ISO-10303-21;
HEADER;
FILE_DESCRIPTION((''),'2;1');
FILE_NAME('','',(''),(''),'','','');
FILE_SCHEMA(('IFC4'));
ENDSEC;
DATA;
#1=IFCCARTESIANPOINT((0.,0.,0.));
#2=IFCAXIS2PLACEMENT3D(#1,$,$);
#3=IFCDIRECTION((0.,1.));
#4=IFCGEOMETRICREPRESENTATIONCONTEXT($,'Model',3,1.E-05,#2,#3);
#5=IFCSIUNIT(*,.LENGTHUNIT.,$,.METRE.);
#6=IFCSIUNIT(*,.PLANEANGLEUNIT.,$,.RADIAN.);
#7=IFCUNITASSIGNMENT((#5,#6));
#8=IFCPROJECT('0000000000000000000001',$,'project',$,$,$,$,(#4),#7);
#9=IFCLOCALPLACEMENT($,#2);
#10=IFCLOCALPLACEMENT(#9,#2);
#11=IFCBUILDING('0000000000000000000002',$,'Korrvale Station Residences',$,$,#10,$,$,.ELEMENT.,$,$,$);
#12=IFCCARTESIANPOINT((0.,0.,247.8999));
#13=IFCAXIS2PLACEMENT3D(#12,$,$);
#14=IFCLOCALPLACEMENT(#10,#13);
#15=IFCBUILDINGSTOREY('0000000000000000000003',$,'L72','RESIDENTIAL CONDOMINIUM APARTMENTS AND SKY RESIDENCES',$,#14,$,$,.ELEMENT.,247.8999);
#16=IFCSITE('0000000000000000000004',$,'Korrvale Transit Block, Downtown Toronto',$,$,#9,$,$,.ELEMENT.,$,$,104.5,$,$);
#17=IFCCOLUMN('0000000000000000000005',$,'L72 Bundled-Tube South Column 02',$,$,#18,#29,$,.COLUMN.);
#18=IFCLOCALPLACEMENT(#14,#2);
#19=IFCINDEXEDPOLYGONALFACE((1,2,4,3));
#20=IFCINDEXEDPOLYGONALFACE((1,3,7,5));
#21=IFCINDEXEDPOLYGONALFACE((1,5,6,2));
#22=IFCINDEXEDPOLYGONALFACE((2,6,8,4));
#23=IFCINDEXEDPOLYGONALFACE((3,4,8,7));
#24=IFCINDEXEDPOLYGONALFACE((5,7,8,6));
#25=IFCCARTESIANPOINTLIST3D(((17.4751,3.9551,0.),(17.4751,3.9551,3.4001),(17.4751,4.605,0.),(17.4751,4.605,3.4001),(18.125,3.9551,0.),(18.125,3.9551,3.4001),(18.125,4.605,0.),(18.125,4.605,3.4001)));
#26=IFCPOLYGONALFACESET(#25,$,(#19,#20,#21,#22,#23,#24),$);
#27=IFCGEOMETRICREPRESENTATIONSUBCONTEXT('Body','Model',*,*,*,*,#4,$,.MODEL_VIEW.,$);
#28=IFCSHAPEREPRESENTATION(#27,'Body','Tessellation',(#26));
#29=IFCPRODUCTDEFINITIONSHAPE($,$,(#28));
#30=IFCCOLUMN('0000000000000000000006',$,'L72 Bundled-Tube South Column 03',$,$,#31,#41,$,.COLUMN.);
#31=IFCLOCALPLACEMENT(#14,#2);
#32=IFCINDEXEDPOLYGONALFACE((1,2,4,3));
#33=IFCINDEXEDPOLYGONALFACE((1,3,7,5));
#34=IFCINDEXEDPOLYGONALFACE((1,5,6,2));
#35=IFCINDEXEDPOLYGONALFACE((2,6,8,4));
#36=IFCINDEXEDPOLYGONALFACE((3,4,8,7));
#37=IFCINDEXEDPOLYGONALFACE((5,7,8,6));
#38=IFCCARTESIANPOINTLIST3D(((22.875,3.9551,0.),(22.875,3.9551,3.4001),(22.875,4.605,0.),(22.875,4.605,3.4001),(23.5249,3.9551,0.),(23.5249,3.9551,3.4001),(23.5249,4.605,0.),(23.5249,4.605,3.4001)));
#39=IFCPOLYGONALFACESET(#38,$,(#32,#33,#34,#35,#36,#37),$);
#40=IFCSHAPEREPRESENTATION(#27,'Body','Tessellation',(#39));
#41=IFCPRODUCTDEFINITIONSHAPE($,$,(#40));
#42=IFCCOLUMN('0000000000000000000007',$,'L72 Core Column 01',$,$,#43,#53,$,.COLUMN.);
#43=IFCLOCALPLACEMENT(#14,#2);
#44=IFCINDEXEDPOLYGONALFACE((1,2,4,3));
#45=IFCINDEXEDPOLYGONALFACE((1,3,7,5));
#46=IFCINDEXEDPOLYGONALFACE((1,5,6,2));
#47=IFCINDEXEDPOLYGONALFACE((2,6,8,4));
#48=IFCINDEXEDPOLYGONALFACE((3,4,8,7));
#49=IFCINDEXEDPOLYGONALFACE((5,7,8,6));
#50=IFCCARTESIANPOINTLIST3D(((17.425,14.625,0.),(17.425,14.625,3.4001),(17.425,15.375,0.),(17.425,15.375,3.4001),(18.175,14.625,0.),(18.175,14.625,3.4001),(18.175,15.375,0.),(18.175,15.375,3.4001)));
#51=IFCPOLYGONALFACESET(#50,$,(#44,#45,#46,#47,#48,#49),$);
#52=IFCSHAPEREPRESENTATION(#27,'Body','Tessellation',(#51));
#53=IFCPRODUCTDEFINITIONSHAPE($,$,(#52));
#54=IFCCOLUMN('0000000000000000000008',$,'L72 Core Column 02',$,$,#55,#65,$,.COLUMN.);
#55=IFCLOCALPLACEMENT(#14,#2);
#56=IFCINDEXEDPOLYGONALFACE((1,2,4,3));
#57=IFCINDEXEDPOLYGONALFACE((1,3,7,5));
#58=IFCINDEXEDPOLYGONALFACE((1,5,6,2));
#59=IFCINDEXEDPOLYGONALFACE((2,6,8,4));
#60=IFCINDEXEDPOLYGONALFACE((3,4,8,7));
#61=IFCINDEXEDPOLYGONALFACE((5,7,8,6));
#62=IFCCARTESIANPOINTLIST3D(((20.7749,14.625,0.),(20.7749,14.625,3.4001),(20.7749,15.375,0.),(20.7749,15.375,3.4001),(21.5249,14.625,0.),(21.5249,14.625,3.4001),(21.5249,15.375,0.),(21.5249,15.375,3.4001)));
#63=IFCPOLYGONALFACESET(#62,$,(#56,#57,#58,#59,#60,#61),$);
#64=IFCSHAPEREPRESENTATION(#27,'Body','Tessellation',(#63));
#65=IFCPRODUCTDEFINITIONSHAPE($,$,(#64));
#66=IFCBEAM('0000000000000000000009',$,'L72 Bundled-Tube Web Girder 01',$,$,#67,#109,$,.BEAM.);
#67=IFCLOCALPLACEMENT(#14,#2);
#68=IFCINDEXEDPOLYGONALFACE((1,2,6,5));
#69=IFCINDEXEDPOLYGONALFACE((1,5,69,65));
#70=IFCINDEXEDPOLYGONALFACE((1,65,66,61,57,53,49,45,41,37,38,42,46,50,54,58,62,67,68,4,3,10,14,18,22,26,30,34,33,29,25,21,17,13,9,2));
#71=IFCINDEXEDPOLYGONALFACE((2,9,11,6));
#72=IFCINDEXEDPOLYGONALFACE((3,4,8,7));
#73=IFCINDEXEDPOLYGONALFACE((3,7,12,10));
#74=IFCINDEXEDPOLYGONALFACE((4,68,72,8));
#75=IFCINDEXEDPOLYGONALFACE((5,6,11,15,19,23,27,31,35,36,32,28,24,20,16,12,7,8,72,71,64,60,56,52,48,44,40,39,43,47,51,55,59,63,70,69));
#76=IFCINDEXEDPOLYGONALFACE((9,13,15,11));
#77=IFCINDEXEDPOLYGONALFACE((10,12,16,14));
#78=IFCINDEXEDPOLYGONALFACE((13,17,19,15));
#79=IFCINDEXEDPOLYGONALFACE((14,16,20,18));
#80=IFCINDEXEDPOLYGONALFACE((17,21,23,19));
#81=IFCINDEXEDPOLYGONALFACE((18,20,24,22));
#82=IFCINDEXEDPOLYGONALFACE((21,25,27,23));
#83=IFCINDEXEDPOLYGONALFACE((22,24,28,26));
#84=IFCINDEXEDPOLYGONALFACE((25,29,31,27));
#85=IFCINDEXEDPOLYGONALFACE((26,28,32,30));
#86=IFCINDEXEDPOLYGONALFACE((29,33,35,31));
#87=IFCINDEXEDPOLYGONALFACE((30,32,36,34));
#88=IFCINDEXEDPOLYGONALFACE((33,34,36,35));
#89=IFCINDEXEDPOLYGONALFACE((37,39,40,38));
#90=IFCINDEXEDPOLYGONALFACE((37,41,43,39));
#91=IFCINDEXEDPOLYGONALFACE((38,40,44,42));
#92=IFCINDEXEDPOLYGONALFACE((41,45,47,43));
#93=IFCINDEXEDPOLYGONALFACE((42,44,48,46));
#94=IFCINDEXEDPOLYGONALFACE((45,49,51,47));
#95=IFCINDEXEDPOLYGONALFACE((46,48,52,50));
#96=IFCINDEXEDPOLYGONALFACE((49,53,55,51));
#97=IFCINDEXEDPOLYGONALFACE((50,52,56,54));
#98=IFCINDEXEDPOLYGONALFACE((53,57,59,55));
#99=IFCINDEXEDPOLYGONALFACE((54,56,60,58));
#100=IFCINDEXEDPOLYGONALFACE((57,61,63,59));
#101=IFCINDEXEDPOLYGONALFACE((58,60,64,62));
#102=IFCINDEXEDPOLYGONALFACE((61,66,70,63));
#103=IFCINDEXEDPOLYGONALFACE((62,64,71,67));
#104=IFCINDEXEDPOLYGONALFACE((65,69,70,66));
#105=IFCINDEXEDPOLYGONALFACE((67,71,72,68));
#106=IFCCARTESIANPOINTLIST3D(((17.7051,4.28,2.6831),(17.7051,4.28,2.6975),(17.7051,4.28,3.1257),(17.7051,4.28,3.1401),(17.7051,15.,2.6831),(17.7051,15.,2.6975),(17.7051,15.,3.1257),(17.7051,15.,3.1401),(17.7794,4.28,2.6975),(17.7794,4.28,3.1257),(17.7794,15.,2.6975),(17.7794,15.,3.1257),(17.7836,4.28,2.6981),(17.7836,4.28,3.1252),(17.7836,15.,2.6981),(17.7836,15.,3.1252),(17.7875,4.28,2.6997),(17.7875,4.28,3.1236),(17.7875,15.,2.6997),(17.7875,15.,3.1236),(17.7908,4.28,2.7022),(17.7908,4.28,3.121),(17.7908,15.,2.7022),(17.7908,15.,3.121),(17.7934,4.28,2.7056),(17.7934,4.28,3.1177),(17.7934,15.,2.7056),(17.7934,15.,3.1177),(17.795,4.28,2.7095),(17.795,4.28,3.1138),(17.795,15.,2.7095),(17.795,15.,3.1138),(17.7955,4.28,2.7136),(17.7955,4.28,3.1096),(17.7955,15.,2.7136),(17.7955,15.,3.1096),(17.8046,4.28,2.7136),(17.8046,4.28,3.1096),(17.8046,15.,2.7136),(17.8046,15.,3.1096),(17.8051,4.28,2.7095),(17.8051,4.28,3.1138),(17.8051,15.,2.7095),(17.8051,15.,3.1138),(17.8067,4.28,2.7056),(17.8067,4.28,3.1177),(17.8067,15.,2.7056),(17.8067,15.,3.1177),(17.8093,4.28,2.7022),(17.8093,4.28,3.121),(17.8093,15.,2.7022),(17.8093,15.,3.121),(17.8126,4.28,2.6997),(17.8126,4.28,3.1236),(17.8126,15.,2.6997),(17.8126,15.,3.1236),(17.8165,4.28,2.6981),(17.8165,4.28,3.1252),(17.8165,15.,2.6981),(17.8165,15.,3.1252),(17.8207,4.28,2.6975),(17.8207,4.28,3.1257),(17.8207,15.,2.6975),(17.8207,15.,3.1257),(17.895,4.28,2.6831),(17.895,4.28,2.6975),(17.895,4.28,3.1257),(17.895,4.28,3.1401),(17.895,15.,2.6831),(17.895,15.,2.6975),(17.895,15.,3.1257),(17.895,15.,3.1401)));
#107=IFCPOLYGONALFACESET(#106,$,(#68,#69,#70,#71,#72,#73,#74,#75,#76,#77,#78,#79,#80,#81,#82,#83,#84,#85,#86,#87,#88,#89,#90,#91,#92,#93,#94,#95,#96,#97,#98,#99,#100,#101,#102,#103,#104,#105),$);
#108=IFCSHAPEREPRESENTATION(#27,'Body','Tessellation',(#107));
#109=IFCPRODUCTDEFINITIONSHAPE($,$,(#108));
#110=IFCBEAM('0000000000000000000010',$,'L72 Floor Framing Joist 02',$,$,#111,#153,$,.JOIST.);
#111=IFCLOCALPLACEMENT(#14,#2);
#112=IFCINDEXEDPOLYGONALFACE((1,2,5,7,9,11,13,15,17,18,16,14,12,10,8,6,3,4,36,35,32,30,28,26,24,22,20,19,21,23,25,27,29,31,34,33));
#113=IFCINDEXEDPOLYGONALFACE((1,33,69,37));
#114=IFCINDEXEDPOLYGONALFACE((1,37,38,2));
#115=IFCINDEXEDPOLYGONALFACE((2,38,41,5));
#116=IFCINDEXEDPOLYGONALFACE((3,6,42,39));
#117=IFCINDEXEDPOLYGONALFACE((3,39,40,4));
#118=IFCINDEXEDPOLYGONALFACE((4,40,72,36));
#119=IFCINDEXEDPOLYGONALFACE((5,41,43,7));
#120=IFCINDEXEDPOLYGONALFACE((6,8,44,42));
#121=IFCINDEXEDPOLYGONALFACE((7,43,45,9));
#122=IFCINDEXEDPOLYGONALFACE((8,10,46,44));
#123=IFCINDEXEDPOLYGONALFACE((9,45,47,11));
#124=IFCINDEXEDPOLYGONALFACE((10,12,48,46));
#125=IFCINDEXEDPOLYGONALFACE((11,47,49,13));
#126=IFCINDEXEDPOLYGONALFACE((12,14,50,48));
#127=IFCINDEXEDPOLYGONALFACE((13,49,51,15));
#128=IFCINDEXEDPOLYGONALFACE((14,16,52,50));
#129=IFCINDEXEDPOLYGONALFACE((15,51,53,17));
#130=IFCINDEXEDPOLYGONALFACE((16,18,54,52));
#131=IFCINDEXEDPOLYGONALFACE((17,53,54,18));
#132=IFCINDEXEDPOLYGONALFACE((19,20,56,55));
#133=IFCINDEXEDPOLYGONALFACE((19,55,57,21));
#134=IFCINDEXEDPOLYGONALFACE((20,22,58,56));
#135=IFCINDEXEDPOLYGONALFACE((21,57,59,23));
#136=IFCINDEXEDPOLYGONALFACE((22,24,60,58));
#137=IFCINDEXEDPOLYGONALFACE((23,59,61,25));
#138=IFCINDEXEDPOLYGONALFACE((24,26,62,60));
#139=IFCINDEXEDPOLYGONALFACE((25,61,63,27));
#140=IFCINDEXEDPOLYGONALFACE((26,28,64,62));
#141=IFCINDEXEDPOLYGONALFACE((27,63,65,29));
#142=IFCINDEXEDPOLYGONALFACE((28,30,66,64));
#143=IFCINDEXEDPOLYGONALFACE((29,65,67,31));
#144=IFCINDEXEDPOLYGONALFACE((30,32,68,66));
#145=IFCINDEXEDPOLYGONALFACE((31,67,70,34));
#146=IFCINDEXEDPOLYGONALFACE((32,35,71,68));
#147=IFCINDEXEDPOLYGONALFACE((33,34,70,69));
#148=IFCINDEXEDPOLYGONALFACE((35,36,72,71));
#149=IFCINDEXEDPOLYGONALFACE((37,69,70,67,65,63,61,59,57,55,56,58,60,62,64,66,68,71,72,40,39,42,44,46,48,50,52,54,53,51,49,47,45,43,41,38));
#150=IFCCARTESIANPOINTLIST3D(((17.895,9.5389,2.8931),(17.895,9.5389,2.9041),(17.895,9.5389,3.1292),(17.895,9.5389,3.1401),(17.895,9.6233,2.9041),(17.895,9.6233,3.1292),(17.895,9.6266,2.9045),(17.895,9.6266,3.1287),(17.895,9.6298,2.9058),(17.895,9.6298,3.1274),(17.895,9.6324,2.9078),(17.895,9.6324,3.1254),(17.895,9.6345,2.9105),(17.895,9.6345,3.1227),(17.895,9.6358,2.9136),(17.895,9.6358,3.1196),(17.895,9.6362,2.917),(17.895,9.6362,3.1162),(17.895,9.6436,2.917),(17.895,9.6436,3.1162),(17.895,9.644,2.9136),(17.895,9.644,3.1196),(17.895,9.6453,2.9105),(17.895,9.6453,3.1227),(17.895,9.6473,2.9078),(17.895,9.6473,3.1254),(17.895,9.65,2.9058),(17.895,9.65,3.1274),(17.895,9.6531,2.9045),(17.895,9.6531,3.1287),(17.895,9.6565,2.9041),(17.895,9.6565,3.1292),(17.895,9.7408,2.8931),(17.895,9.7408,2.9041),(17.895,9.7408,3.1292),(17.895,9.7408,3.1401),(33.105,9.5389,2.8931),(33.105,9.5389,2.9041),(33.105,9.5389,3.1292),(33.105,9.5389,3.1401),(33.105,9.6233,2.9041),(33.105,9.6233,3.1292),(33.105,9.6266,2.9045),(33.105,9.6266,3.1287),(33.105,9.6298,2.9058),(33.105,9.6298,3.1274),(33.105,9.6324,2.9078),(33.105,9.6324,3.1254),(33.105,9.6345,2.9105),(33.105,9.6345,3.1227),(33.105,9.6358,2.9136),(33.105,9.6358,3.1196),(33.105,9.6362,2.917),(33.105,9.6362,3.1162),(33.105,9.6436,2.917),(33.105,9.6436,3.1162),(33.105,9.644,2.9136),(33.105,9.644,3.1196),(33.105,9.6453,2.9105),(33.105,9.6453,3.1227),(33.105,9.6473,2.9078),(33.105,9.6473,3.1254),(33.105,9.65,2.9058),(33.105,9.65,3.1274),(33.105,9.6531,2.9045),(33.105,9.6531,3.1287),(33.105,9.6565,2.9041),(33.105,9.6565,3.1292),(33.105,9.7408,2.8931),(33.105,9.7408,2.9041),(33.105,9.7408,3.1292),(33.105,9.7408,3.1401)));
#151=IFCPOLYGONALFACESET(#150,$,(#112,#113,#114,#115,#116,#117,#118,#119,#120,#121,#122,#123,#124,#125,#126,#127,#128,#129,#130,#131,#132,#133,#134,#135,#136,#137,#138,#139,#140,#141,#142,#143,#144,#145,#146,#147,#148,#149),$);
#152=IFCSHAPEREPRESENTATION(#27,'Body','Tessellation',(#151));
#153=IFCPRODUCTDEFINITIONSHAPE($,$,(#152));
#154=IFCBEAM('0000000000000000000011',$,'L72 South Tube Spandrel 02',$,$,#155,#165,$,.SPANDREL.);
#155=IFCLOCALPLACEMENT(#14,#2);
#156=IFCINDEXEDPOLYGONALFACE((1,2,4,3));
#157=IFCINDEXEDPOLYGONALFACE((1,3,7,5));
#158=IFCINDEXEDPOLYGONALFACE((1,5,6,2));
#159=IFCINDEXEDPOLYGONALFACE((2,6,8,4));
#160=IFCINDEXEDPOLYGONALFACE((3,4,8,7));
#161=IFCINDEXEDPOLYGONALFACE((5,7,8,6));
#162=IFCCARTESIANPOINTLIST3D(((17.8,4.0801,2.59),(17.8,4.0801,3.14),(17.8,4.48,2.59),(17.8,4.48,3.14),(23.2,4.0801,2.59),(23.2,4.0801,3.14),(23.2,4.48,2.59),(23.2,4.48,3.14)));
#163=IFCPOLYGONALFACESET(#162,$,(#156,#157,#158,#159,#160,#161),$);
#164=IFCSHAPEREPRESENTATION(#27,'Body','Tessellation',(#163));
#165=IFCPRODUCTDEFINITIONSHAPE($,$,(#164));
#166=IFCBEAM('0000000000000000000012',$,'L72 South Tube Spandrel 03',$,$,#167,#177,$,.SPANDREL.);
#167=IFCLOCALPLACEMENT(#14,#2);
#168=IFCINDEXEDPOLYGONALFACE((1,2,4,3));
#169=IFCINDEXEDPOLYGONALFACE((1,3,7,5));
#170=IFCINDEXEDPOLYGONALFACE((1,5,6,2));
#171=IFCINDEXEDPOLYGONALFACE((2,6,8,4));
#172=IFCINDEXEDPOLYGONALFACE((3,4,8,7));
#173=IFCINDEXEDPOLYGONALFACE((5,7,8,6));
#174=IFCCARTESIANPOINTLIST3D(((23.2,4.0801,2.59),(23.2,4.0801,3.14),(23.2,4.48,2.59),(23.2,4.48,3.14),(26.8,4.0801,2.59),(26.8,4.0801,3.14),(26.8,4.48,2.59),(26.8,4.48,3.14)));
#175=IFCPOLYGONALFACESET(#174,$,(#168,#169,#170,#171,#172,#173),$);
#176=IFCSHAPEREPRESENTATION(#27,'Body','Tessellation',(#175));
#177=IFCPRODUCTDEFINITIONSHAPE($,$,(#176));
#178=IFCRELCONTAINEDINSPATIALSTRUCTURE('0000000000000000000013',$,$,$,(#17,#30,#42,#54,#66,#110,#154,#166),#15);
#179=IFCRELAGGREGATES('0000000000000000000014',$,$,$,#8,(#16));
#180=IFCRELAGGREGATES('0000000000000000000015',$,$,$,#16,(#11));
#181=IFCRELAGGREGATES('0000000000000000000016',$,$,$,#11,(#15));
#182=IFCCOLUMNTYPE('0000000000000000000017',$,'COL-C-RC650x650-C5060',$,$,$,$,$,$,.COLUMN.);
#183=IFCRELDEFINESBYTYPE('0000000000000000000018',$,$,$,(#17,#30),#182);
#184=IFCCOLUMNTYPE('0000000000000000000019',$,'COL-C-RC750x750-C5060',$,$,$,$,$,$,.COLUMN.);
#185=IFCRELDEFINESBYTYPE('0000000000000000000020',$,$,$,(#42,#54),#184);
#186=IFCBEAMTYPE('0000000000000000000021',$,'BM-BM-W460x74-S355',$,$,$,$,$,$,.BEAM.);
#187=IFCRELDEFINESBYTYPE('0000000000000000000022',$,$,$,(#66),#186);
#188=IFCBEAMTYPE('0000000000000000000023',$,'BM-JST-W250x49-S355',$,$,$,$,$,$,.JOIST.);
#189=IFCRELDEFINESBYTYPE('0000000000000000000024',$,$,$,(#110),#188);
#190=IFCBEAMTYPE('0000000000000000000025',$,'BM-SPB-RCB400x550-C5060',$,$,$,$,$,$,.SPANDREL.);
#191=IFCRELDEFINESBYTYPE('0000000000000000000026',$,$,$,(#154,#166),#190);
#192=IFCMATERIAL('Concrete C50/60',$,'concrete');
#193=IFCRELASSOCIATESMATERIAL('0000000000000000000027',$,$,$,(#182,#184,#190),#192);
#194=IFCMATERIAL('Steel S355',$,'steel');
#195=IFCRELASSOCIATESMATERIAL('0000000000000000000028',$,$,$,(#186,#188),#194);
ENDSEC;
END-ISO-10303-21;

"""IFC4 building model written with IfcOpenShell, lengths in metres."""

from ifc_helpers import new_model, si_unit, direction, frame, origin, origin_2d, place, context, subcontext, project, spatial, rectangle, i_section, extrude, material, material_profile, profile_set, type_object, element, save


model = new_model("IFC4")

# Units and contexts
model_context = context("Model", 3, precision=1e-05, world=origin(), true_north=direction((0.0, 1.0)))
body_context = subcontext(model_context, "Body", "Model", "MODEL_VIEW")
ifc_project = project(units=[si_unit("LENGTHUNIT", "METRE"), si_unit("PLANEANGLEUNIT", "RADIAN")], contexts=[model_context])

# Site, building, storey
site_placement = place(None, origin())
site = spatial("IfcSite", under=ifc_project, at=site_placement, Name="Korrvale Transit Block, Downtown Toronto", CompositionType="ELEMENT", RefElevation=104.5)
building_placement = place(site_placement, origin())
building = spatial("IfcBuilding", under=site, at=building_placement, Name="Korrvale Station Residences", CompositionType="ELEMENT")
storey_placement = place(building_placement, frame((0.0, 0.0, 247.8999)))
storey = spatial("IfcBuildingStorey", under=building, at=storey_placement, Name="L72", Description="RESIDENTIAL CONDOMINIUM APARTMENTS AND SKY RESIDENCES", CompositionType="ELEMENT", Elevation=247.8999)

# Columns
ifc_material_1 = material(Name="Concrete C50/60", Category="concrete")
ifc_material_profile_1 = material_profile(ifc_material_1, rectangle(XDim=0.6499, YDim=0.6499, at=origin_2d()), Name="RC650x650")
ifc_profile_set_1 = profile_set([ifc_material_profile_1], Name="Concrete C50/60")
column_type_1 = type_object("IfcColumnType", Name="COL-C-RC650x650-C5060", PredefinedType="COLUMN", material=ifc_profile_set_1)
for number, where, z_axis, x_axis, name in (
    (1, (17.8, 4.28, 0.0), (0.0, 0.0, 1.0), (1.0, 0.0, 0.0), "L72 Bundled-Tube South Column 02"),
    (2, (23.2, 4.28, 0.0), (0.0, 0.0, 1.0), (1.0, 0.0, 0.0), "L72 Bundled-Tube South Column 03"),
):
    element("IfcColumn", number, at=place(storey_placement, frame(where, z_axis=z_axis, x_axis=x_axis)), inside=storey, type_object=column_type_1, Name=name, PredefinedType="COLUMN", context=body_context, shape_type="SweptSolid", body=[
        extrude(rectangle(XDim=0.6499, YDim=0.6499, at=origin_2d()), origin(), (0.0, 0.0, 1.0), 3.4001),
    ])
ifc_material_profile_2 = material_profile(ifc_material_1, rectangle(XDim=0.75, YDim=0.75, at=origin_2d()), Name="RC750x750")
ifc_profile_set_2 = profile_set([ifc_material_profile_2], Name="Concrete C50/60")
column_type_2 = type_object("IfcColumnType", Name="COL-C-RC750x750-C5060", PredefinedType="COLUMN", material=ifc_profile_set_2)
for number, where, z_axis, x_axis, name in (
    (3, (17.8, 15.0, 0.0), (0.0, 0.0, 1.0), (1.0, 0.0, 0.0), "L72 Core Column 01"),
    (4, (21.1499, 15.0, 0.0), (0.0, 0.0, 1.0), (1.0, 0.0, 0.0), "L72 Core Column 02"),
):
    element("IfcColumn", number, at=place(storey_placement, frame(where, z_axis=z_axis, x_axis=x_axis)), inside=storey, type_object=column_type_2, Name=name, PredefinedType="COLUMN", context=body_context, shape_type="SweptSolid", body=[
        extrude(rectangle(XDim=0.75, YDim=0.75, at=origin_2d()), origin(), (0.0, 0.0, 1.0), 3.4001),
    ])

# Beams
ifc_material_2 = material(Name="Steel S355", Category="steel")
ifc_material_profile_3 = material_profile(ifc_material_2, i_section(OverallWidth=0.1899, OverallDepth=0.457, WebThickness=0.009, FlangeThickness=0.0144, FilletRadius=0.0161, at=origin_2d()), Name="W460x74")
ifc_profile_set_3 = profile_set([ifc_material_profile_3], Name="Steel S355")
beam_type_1 = type_object("IfcBeamType", Name="BM-BM-W460x74-S355", PredefinedType="BEAM", material=ifc_profile_set_3)
beam_1_placement = place(storey_placement, frame((17.8, 4.28, 2.9116), z_axis=(0.0, 1.0, 0.0), x_axis=(-1.0, 0.0, 0.0)))
element("IfcBeam", 5, at=beam_1_placement, inside=storey, type_object=beam_type_1, Name="L72 Bundled-Tube Web Girder 01", PredefinedType="BEAM", context=body_context, shape_type="SweptSolid", body=[
    extrude(i_section(OverallWidth=0.1899, OverallDepth=0.457, WebThickness=0.009, FlangeThickness=0.0144, FilletRadius=0.0161, at=origin_2d()), origin(), (0.0, 0.0, 1.0), 10.72),
])
ifc_material_profile_4 = material_profile(ifc_material_2, i_section(OverallWidth=0.2019, OverallDepth=0.2471, WebThickness=0.0073, FlangeThickness=0.011, FilletRadius=0.0129, at=origin_2d()), Name="W250x49")
ifc_profile_set_4 = profile_set([ifc_material_profile_4], Name="Steel S355")
beam_type_2 = type_object("IfcBeamType", Name="BM-JST-W250x49-S355", PredefinedType="JOIST", material=ifc_profile_set_4)
beam_2_placement = place(storey_placement, frame((17.895, 9.6399, 3.0166), z_axis=(1.0, 0.0, 0.0), x_axis=(0.0, 1.0, 0.0)))
element("IfcBeam", 6, at=beam_2_placement, inside=storey, type_object=beam_type_2, Name="L72 Floor Framing Joist 02", PredefinedType="JOIST", context=body_context, shape_type="SweptSolid", body=[
    extrude(i_section(OverallWidth=0.2019, OverallDepth=0.2471, WebThickness=0.0073, FlangeThickness=0.011, FilletRadius=0.0129, at=origin_2d()), origin(), (0.0, 0.0, 1.0), 15.21),
])
ifc_material_profile_5 = material_profile(ifc_material_1, rectangle(XDim=0.3999, YDim=0.55, at=origin_2d()), Name="RCB400x550")
ifc_profile_set_5 = profile_set([ifc_material_profile_5], Name="Concrete C50/60")
beam_type_3 = type_object("IfcBeamType", Name="BM-SPB-RCB400x550-C5060", PredefinedType="SPANDREL", material=ifc_profile_set_5)
beam_3_placement = place(storey_placement, frame((17.8, 4.28, 2.865), z_axis=(1.0, 0.0, 0.0), x_axis=(0.0, 1.0, 0.0)))
element("IfcBeam", 7, at=beam_3_placement, inside=storey, type_object=beam_type_3, Name="L72 South Tube Spandrel 02", PredefinedType="SPANDREL", context=body_context, shape_type="SweptSolid", body=[
    extrude(rectangle(XDim=0.3999, YDim=0.55, at=origin_2d()), origin(), (0.0, 0.0, 1.0), 5.3999),
])
beam_4_placement = place(storey_placement, frame((23.2, 4.28, 2.865), z_axis=(1.0, 0.0, 0.0), x_axis=(0.0, 1.0, 0.0)))
element("IfcBeam", 8, at=beam_4_placement, inside=storey, type_object=beam_type_3, Name="L72 South Tube Spandrel 03", PredefinedType="SPANDREL", context=body_context, shape_type="SweptSolid", body=[
    extrude(rectangle(XDim=0.3999, YDim=0.55, at=origin_2d()), origin(), (0.0, 0.0, 1.0), 3.6001),
])

save(model, "model.ifc")
